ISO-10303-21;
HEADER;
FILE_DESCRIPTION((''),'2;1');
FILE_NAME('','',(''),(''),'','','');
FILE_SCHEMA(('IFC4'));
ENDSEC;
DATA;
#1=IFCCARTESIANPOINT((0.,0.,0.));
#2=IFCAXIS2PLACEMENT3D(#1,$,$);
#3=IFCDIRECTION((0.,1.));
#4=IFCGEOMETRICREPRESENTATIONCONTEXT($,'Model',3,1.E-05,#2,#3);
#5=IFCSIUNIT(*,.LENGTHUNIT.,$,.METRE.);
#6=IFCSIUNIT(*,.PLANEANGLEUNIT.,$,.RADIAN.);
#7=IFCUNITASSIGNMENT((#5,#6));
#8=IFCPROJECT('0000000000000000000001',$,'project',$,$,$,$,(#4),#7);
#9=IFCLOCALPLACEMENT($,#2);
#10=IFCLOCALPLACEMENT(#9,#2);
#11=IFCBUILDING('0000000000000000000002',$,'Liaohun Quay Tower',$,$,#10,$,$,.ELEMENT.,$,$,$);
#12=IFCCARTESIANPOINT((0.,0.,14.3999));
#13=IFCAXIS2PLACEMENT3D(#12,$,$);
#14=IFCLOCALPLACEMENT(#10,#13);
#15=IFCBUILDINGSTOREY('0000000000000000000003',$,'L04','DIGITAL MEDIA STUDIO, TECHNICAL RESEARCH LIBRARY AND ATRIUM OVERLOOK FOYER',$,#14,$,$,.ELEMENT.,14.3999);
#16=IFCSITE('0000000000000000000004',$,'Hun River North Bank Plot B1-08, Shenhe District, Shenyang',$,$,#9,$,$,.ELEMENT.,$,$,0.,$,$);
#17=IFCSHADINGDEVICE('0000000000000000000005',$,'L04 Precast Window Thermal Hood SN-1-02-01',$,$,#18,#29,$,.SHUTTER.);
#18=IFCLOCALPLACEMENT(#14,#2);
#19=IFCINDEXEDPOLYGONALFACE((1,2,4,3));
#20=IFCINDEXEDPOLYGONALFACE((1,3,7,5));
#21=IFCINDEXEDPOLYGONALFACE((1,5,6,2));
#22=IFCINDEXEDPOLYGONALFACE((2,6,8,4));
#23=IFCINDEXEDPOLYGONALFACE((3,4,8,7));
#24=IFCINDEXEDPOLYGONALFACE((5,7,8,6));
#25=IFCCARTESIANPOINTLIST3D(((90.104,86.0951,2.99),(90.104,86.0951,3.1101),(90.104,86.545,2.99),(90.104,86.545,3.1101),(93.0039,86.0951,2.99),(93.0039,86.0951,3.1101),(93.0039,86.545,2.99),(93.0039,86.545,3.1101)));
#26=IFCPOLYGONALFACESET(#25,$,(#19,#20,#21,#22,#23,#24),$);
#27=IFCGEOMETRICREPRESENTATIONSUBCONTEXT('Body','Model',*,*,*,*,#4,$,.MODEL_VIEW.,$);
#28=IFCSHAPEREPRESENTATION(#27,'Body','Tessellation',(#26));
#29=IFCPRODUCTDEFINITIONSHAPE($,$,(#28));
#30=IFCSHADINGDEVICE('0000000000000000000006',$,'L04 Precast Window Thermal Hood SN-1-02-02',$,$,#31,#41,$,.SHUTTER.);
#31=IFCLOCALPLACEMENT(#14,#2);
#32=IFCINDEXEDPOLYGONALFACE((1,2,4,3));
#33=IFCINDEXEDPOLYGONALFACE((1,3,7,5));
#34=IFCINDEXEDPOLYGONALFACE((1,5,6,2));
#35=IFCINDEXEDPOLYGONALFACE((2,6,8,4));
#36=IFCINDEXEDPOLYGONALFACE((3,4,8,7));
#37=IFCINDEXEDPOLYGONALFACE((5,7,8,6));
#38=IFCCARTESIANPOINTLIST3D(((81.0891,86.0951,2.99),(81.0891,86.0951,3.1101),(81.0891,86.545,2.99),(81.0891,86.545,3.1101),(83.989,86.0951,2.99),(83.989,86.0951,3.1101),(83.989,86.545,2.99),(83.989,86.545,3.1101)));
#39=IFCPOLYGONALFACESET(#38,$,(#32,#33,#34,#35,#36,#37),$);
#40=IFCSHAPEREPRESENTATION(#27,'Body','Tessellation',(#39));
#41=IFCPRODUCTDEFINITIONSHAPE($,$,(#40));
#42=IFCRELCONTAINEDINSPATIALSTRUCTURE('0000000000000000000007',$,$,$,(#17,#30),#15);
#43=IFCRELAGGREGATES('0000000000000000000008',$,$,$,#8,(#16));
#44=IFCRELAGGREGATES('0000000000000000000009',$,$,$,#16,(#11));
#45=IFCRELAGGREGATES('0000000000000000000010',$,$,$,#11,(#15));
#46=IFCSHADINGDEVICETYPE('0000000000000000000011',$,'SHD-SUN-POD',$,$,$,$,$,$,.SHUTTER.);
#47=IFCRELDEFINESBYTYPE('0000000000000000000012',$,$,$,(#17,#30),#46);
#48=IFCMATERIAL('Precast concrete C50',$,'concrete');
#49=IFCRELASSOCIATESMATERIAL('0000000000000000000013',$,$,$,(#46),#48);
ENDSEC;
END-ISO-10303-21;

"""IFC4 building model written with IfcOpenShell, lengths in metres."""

from ifc_helpers import new_model, si_unit, direction, frame, origin, origin_2d, place, context, subcontext, project, spatial, rectangle, extrude, source, transform, mapped, material, material_profile, profile_set, type_object, element, save


model = new_model("IFC4")

# Units and contexts
model_context = context("Model", 3, precision=1e-05, world=origin(), true_north=direction((0.0, 1.0)))
body_context = subcontext(model_context, "Body", "Model", "MODEL_VIEW")
ifc_project = project(units=[si_unit("LENGTHUNIT", "METRE"), si_unit("PLANEANGLEUNIT", "RADIAN")], contexts=[model_context])

# Site, building, storey
site_placement = place(None, origin())
site = spatial("IfcSite", under=ifc_project, at=site_placement, Name="Hun River North Bank Plot B1-08, Shenhe District, Shenyang", CompositionType="ELEMENT", RefElevation=0.0)
building_placement = place(site_placement, origin())
building = spatial("IfcBuilding", under=site, at=building_placement, Name="Liaohun Quay Tower", CompositionType="ELEMENT")
storey_placement = place(building_placement, frame((0.0, 0.0, 14.3999)))
storey = spatial("IfcBuildingStorey", under=building, at=storey_placement, Name="L04", Description="DIGITAL MEDIA STUDIO, TECHNICAL RESEARCH LIBRARY AND ATRIUM OVERLOOK FOYER", CompositionType="ELEMENT", Elevation=14.3999)

# Shading devices
ifc_material_1 = material(Name="Precast concrete C50", Category="concrete")
ifc_material_profile_1 = material_profile(ifc_material_1, rectangle(XDim=0.45, YDim=0.1201, at=origin_2d()), Name="PRC-SUN-450x120")
ifc_profile_set_1 = profile_set([ifc_material_profile_1], Name="Precast concrete C50")
shading_device_type = type_object("IfcShadingDeviceType", Name="SHD-SUN-POD", PredefinedType="SHUTTER", material=ifc_profile_set_1)
shared_shape_1 = source(origin(), body_context, "Body", "SweptSolid", [
    extrude(rectangle(XDim=0.45, YDim=0.1201, at=origin_2d()), origin(), (0.0, 0.0, 1.0), 2.8999),
])
for number, where, z_axis, x_axis, name in (
    (1, (93.0039, 86.3201, 3.05), (-1.0, 0.0, 0.0), (0.0, -1.0, 0.0), "L04 Precast Window Thermal Hood SN-1-02-01"),
    (2, (83.989, 86.3201, 3.05), (-1.0, 0.0, 0.0), (0.0, -1.0, 0.0), "L04 Precast Window Thermal Hood SN-1-02-02"),
):
    element("IfcShadingDevice", number, at=place(storey_placement, frame(where, z_axis=z_axis, x_axis=x_axis)), inside=storey, type_object=shading_device_type, Name=name, PredefinedType="SHUTTER", context=body_context, shape_type="MappedRepresentation", body=[
        mapped(shared_shape_1, transform((0.0, 0.0, 0.0), x_axis=(1.0, 0.0, 0.0), y_axis=(0.0, 1.0, 0.0), z_axis=(0.0, 0.0, 1.0), scale=1.0)),
    ])

save(model, "model.ifc")
